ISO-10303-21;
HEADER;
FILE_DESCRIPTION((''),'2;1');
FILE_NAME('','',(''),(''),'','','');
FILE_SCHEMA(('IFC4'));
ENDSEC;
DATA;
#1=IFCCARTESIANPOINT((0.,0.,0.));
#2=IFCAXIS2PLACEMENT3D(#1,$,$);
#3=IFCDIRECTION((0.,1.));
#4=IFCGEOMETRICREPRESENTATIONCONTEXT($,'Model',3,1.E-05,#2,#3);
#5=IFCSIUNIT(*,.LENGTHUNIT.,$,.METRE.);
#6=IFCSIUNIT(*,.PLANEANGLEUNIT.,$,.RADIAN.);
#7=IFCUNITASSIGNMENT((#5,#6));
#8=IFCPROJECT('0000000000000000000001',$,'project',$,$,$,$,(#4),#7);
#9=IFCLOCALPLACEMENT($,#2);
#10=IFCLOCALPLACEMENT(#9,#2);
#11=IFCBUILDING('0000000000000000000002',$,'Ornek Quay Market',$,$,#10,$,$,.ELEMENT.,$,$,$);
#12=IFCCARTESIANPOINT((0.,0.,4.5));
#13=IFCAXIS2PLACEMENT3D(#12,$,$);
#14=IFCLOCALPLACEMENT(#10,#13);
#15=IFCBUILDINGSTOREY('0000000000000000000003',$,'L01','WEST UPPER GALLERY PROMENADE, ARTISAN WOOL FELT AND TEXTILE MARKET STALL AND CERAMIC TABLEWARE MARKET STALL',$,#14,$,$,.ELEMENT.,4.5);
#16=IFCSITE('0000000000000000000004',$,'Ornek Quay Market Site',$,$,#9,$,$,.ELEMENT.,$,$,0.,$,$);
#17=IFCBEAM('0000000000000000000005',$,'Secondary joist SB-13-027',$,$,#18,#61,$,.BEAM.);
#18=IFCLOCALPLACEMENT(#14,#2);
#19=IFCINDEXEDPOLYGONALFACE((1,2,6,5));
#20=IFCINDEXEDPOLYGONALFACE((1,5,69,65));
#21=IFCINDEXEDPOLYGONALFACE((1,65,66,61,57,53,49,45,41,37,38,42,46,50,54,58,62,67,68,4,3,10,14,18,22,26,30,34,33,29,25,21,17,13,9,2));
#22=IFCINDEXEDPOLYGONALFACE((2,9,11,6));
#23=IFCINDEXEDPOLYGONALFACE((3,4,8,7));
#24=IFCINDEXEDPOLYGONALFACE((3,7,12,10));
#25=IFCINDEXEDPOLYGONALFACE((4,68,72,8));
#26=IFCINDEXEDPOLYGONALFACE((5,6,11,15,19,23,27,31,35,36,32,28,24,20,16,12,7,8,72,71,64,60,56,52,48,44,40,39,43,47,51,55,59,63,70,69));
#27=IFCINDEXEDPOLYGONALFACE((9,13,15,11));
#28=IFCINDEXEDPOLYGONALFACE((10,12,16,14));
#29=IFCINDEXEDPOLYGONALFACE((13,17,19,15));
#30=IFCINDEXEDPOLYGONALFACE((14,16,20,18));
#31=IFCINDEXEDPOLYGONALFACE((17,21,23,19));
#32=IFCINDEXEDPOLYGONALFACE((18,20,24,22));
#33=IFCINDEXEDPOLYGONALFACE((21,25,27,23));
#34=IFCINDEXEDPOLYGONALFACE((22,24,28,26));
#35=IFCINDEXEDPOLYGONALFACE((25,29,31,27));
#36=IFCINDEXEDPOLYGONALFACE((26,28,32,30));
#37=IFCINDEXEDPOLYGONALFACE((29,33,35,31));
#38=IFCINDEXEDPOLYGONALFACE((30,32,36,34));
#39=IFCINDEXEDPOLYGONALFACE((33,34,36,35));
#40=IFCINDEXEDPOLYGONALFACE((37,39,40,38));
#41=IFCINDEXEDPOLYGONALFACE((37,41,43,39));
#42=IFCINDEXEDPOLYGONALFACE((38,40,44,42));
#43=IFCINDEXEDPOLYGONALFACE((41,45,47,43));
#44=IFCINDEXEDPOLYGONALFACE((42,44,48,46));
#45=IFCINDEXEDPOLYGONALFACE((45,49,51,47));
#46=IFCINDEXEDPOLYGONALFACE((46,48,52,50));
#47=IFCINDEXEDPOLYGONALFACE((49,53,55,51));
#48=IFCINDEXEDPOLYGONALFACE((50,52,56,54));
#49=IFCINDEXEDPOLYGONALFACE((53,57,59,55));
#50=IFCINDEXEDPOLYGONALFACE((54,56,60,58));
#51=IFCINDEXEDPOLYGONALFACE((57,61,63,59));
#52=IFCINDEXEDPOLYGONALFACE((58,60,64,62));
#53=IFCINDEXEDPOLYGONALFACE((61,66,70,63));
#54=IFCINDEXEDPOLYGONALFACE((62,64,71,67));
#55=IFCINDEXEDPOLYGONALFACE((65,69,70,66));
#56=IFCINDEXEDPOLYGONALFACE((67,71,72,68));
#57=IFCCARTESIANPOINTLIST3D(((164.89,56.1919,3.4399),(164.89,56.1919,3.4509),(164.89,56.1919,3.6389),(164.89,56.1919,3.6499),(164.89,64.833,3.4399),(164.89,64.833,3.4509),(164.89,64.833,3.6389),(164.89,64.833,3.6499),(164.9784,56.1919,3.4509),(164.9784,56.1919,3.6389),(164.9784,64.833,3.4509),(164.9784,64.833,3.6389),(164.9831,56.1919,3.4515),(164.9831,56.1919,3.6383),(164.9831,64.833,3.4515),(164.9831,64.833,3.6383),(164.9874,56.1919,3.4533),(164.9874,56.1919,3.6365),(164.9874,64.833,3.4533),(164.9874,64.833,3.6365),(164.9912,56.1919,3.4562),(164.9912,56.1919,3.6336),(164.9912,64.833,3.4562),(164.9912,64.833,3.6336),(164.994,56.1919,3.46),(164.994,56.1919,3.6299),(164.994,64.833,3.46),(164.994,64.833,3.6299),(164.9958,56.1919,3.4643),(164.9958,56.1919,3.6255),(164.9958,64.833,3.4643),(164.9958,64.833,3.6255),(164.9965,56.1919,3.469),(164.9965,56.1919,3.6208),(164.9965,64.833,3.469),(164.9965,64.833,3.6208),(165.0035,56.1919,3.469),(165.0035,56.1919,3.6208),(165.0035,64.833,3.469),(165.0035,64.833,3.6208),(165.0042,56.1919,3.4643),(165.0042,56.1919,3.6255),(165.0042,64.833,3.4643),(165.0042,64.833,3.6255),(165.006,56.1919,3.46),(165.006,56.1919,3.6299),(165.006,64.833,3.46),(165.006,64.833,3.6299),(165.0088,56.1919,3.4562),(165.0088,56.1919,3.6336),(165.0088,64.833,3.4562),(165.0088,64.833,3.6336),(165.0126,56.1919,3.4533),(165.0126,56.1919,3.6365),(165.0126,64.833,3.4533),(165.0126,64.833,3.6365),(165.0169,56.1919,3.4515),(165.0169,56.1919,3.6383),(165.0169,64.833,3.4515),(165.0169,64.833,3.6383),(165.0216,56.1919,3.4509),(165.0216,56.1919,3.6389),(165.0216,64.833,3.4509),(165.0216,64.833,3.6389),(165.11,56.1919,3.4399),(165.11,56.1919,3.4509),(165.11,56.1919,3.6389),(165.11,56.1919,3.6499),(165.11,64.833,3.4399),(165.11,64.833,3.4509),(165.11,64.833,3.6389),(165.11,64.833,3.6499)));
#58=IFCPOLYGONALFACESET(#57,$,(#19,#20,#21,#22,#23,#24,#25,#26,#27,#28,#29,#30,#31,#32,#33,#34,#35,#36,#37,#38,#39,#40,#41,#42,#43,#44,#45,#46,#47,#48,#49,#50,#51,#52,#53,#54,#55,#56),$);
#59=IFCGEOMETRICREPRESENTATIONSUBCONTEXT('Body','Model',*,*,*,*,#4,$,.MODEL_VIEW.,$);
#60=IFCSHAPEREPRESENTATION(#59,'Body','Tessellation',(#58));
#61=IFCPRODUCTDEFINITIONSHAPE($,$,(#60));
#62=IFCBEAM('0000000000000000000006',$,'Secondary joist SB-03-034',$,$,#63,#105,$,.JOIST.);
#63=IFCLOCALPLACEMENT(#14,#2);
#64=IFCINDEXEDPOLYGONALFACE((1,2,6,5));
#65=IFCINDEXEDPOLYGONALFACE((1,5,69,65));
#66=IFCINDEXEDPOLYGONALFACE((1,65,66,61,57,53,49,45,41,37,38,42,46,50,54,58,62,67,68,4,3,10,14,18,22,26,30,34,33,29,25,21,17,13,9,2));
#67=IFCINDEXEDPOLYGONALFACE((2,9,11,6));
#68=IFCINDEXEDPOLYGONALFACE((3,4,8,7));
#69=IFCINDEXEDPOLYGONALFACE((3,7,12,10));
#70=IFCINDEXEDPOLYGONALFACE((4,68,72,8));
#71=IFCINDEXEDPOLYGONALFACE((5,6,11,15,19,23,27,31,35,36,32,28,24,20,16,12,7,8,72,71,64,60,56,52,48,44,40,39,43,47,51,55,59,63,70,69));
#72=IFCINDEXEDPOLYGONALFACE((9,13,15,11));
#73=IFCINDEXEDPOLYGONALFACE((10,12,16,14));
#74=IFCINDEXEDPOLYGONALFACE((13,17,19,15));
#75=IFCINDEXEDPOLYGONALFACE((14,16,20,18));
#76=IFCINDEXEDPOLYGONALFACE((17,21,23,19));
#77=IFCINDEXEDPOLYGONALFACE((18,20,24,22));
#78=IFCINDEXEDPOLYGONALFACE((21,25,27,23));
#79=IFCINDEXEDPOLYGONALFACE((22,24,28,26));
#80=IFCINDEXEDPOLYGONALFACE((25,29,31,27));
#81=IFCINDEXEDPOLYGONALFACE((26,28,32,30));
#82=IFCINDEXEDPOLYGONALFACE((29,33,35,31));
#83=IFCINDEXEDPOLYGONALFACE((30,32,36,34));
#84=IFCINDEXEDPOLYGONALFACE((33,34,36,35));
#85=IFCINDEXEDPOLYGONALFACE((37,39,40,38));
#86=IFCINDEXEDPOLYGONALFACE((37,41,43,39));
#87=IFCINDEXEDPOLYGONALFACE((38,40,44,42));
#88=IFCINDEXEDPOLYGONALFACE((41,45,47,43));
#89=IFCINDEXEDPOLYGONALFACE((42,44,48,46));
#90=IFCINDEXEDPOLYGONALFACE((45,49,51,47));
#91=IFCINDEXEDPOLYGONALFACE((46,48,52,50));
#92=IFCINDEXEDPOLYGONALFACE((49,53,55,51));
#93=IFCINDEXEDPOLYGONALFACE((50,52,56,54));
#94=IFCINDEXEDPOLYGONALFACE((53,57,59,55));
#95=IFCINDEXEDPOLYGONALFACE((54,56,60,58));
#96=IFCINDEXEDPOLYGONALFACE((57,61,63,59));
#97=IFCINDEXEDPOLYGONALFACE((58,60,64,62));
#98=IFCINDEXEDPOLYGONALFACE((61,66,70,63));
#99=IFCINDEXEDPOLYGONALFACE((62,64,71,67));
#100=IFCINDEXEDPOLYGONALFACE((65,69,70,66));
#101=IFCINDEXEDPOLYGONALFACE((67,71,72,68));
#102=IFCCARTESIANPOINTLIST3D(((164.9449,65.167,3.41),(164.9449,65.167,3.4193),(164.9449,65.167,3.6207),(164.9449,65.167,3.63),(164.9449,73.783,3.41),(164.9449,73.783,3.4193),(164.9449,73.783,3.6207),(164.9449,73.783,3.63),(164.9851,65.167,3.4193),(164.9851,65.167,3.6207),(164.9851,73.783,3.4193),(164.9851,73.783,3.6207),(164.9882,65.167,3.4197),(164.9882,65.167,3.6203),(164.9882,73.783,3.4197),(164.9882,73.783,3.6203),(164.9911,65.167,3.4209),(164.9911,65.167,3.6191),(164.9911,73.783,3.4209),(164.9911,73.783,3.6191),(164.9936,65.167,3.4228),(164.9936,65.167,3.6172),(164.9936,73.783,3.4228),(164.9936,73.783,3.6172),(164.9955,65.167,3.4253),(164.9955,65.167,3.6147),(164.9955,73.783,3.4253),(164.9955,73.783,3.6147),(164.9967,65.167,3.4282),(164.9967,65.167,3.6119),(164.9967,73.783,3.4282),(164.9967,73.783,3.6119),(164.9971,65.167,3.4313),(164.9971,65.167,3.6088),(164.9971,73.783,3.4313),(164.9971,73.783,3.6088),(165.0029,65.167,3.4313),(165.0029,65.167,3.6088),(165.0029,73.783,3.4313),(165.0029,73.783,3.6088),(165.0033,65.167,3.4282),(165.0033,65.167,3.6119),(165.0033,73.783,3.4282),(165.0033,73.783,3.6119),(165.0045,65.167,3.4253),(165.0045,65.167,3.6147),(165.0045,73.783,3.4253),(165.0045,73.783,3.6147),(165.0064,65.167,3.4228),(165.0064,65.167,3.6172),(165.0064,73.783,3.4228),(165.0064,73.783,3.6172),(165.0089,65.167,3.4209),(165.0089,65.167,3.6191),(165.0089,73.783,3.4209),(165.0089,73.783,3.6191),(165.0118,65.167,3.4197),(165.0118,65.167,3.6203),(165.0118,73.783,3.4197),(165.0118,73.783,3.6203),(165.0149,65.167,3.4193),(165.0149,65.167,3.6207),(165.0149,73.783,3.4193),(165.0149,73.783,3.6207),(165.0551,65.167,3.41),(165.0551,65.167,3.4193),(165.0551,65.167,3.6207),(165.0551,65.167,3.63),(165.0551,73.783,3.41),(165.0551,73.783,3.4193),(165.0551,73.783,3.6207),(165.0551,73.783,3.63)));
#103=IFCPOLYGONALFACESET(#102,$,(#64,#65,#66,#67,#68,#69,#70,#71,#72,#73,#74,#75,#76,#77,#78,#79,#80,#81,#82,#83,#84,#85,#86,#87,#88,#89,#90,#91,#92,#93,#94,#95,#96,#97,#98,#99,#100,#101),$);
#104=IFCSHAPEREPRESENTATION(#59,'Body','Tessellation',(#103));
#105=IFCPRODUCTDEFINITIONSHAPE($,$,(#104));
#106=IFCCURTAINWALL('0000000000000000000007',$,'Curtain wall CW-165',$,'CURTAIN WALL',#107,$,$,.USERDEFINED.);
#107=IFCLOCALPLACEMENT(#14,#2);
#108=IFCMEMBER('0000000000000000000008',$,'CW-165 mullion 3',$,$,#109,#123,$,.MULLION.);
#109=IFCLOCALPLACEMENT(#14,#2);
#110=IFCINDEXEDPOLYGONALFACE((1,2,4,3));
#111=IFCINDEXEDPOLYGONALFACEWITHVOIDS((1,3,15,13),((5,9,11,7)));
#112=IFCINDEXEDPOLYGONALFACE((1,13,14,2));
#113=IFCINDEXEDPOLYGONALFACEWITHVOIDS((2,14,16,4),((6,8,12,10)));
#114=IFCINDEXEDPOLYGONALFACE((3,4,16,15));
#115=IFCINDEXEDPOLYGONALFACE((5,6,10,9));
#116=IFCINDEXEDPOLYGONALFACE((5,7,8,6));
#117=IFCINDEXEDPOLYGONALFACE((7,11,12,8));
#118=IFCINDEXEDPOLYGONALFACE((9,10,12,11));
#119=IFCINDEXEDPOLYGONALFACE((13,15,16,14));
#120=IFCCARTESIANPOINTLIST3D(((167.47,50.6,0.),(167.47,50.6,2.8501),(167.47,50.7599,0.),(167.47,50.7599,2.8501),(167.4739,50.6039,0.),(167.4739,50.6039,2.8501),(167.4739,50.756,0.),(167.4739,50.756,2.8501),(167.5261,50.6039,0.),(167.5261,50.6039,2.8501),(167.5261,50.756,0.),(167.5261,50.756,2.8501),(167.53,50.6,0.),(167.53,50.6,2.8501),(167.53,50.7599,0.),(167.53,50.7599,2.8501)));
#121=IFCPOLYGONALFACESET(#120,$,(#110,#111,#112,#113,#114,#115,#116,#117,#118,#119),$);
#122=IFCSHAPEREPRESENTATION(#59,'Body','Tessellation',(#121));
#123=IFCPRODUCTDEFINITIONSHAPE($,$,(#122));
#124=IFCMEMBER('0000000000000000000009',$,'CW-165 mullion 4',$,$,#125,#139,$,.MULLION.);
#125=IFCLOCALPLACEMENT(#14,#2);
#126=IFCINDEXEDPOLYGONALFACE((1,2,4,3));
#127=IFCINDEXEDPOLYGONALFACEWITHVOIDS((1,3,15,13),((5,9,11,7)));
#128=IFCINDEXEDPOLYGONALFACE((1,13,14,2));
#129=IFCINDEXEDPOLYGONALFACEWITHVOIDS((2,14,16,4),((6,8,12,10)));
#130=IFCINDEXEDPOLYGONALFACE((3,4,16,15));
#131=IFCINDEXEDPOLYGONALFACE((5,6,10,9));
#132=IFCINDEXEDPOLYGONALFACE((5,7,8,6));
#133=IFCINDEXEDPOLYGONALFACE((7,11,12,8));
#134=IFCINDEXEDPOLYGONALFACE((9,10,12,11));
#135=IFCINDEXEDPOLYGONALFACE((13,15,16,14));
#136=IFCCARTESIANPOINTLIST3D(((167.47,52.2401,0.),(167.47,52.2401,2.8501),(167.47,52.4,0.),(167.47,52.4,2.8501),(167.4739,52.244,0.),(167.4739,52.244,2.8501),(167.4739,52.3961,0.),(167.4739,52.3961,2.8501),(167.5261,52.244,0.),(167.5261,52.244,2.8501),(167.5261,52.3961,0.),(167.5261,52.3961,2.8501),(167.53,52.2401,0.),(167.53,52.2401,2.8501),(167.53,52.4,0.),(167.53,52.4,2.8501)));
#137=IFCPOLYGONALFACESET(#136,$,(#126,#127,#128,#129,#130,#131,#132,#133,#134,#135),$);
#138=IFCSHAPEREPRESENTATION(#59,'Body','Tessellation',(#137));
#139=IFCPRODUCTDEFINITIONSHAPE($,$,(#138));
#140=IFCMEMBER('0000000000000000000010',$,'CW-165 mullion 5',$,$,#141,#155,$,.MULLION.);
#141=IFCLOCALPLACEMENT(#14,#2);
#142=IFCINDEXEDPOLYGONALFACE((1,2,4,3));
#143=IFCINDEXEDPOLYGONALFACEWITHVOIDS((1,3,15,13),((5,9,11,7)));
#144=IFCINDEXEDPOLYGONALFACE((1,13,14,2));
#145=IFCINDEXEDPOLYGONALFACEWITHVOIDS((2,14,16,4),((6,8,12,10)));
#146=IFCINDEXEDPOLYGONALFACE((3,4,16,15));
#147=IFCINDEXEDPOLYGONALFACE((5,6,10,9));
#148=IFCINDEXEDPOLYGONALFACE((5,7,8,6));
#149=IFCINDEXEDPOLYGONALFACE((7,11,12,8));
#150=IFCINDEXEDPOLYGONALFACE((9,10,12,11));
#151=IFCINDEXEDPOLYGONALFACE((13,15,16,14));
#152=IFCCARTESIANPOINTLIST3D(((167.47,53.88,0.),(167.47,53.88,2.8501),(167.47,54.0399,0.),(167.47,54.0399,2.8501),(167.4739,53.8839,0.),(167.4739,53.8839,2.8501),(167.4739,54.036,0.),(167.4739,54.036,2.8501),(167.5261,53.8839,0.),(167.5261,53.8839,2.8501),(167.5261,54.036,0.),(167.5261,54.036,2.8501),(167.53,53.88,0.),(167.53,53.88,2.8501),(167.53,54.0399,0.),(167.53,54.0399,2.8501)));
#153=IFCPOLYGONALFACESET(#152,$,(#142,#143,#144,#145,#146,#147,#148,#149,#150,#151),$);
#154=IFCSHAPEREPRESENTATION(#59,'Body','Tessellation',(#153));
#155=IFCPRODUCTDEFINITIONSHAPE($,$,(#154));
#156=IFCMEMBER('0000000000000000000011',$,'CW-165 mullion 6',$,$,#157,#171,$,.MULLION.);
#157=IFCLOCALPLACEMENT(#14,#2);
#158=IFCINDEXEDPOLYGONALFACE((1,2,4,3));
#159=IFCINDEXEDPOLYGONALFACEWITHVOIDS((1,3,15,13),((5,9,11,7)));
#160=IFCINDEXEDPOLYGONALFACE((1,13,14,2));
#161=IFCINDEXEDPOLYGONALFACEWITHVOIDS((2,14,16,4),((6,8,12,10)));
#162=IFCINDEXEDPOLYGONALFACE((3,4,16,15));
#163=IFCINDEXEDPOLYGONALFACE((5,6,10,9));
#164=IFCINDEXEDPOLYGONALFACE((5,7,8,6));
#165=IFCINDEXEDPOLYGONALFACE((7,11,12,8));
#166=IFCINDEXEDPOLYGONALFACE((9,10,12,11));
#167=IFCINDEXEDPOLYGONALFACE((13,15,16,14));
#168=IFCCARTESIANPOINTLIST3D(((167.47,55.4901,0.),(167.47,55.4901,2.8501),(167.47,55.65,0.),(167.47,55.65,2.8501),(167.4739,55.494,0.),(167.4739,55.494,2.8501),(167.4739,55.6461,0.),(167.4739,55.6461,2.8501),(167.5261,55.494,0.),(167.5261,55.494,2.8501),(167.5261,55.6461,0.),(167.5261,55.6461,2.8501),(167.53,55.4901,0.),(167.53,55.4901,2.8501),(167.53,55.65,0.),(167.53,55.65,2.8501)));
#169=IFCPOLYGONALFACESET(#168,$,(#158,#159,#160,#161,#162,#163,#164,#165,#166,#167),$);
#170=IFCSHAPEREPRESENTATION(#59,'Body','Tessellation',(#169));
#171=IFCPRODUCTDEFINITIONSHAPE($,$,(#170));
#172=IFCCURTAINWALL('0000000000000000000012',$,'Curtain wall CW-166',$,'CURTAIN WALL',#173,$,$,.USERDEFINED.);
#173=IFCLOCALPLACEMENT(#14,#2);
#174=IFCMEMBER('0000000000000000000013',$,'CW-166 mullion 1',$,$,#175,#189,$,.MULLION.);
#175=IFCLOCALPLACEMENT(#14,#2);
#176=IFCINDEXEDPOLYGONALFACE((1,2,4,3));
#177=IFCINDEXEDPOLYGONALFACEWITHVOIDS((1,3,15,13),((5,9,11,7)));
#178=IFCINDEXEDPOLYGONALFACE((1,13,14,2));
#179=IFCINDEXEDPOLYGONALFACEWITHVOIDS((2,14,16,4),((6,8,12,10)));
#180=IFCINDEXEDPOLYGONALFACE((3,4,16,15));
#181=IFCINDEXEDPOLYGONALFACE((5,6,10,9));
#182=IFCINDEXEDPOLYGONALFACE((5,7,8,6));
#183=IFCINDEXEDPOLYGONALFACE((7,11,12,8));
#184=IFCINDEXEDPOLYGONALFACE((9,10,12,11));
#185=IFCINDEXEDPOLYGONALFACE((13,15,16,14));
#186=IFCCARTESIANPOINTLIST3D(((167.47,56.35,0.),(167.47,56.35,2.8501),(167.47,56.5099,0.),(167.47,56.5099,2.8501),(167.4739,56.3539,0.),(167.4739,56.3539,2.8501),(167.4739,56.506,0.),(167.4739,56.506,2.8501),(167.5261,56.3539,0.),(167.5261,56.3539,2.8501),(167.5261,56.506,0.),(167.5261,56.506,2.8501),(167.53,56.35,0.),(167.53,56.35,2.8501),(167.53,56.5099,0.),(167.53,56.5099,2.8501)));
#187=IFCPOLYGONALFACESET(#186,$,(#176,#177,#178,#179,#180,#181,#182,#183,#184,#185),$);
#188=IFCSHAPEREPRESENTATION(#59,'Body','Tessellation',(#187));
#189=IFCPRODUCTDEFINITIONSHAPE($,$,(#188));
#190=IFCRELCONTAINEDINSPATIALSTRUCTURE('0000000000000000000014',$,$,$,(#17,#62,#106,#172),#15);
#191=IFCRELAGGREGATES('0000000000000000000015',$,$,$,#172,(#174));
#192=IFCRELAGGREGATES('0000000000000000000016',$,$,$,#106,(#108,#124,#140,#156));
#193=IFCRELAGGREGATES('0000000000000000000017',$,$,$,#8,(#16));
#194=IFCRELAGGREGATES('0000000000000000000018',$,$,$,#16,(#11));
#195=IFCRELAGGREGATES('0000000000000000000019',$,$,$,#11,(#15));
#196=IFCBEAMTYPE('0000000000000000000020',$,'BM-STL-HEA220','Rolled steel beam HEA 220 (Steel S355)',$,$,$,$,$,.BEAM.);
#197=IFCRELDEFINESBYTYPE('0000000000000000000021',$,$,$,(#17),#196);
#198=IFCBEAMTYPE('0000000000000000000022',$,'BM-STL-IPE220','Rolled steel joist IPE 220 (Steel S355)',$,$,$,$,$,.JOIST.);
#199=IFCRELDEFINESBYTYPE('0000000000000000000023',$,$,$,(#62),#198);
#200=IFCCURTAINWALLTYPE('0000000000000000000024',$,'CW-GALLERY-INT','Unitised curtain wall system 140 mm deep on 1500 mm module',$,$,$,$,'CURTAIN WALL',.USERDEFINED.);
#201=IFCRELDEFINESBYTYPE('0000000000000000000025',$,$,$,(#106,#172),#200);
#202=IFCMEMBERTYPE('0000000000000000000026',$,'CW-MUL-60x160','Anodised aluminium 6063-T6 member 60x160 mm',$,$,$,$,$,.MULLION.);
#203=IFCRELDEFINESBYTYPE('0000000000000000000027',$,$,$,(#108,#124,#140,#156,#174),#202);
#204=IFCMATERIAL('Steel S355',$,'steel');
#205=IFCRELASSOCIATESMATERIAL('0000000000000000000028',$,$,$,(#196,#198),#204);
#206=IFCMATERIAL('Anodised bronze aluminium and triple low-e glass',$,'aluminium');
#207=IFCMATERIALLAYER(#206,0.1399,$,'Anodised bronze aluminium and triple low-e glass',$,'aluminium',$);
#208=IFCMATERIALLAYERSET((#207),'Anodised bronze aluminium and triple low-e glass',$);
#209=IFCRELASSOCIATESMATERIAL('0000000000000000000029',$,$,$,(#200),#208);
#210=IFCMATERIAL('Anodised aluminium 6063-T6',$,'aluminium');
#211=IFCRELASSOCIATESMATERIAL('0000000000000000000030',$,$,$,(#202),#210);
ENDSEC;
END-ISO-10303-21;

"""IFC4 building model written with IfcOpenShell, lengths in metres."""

from ifc_helpers import new_model, si_unit, direction, frame, origin, origin_2d, place, context, subcontext, project, spatial, hollow_rectangle, i_section, extrude, material, layer, layer_set, material_profile, profile_set, type_object, element, aggregate, save


model = new_model("IFC4")

# Units and contexts
model_context = context("Model", 3, precision=1e-05, world=origin(), true_north=direction((0.0, 1.0)))
body_context = subcontext(model_context, "Body", "Model", "MODEL_VIEW")
ifc_project = project(units=[si_unit("LENGTHUNIT", "METRE"), si_unit("PLANEANGLEUNIT", "RADIAN")], contexts=[model_context])

# Site, building, storey
site_placement = place(None, origin())
site = spatial("IfcSite", under=ifc_project, at=site_placement, Name="Ornek Quay Market Site", CompositionType="ELEMENT", RefElevation=0.0)
building_placement = place(site_placement, origin())
building = spatial("IfcBuilding", under=site, at=building_placement, Name="Ornek Quay Market", CompositionType="ELEMENT")
storey_placement = place(building_placement, frame((0.0, 0.0, 4.5)))
storey = spatial("IfcBuildingStorey", under=building, at=storey_placement, Name="L01", Description="WEST UPPER GALLERY PROMENADE, ARTISAN WOOL FELT AND TEXTILE MARKET STALL AND CERAMIC TABLEWARE MARKET STALL", CompositionType="ELEMENT", Elevation=4.5)

# Beams
ifc_material_1 = material(Name="Steel S355", Category="steel")
ifc_material_profile_1 = material_profile(ifc_material_1, i_section(OverallWidth=0.22, OverallDepth=0.21, WebThickness=0.0071, FlangeThickness=0.011, FilletRadius=0.0181, at=origin_2d()), Name="HEA 220", Category="steel")
ifc_profile_set_1 = profile_set([ifc_material_profile_1], Name="Steel S355")
beam_type_1 = type_object("IfcBeamType", Name="BM-STL-HEA220", Description="Rolled steel beam HEA 220 (Steel S355)", PredefinedType="BEAM", material=ifc_profile_set_1)
beam_1_placement = place(storey_placement, frame((165.0, 56.1919, 3.5449), z_axis=(0.0, 1.0, 0.0), x_axis=(-1.0, 0.0, 0.0)))
element("IfcBeam", 1, at=beam_1_placement, inside=storey, type_object=beam_type_1, Name="Secondary joist SB-13-027", PredefinedType="BEAM", context=body_context, shape_type="SweptSolid", body=[
    extrude(i_section(OverallWidth=0.22, OverallDepth=0.21, WebThickness=0.0071, FlangeThickness=0.011, FilletRadius=0.0181, at=origin_2d()), origin(), (0.0, 0.0, 1.0), 8.6411),
])
ifc_material_profile_2 = material_profile(ifc_material_1, i_section(OverallWidth=0.1101, OverallDepth=0.22, WebThickness=0.0059, FlangeThickness=0.0093, FilletRadius=0.012, at=origin_2d()), Name="IPE 220", Category="steel")
ifc_profile_set_2 = profile_set([ifc_material_profile_2], Name="Steel S355")
beam_type_2 = type_object("IfcBeamType", Name="BM-STL-IPE220", Description="Rolled steel joist IPE 220 (Steel S355)", PredefinedType="JOIST", material=ifc_profile_set_2)
beam_2_placement = place(storey_placement, frame((165.0, 65.167, 3.52), z_axis=(0.0, 1.0, 0.0), x_axis=(-1.0, 0.0, 0.0)))
element("IfcBeam", 2, at=beam_2_placement, inside=storey, type_object=beam_type_2, Name="Secondary joist SB-03-034", PredefinedType="JOIST", context=body_context, shape_type="SweptSolid", body=[
    extrude(i_section(OverallWidth=0.1101, OverallDepth=0.22, WebThickness=0.0059, FlangeThickness=0.0093, FilletRadius=0.012, at=origin_2d()), origin(), (0.0, 0.0, 1.0), 8.616),
])

# Curtain wall, members
ifc_material_2 = material(Name="Anodised bronze aluminium and triple low-e glass", Category="aluminium")
ifc_layer_1 = layer(ifc_material_2, 0.1399, Name="Anodised bronze aluminium and triple low-e glass", Category="aluminium")
ifc_layer_set_1 = layer_set([ifc_layer_1], Name="Anodised bronze aluminium and triple low-e glass")
curtain_wall_type = type_object("IfcCurtainWallType", Name="CW-GALLERY-INT", Description="Unitised curtain wall system 140 mm deep on 1500 mm module", ElementType="CURTAIN WALL", PredefinedType="USERDEFINED", material=ifc_layer_set_1)
curtain_wall_1_placement = place(storey_placement, origin())
curtain_wall_1 = element("IfcCurtainWall", 3, at=curtain_wall_1_placement, inside=storey, type_object=curtain_wall_type, Name="Curtain wall CW-165", ObjectType="CURTAIN WALL", PredefinedType="USERDEFINED")
ifc_material_3 = material(Name="Anodised aluminium 6063-T6", Category="aluminium")
ifc_material_profile_3 = material_profile(ifc_material_3, hollow_rectangle(XDim=0.0601, YDim=0.1599, WallThickness=0.0039, at=origin_2d()), Name="CW-MUL-60x160", Category="aluminium")
ifc_profile_set_3 = profile_set([ifc_material_profile_3], Name="Anodised aluminium 6063-T6")
member_type_1 = type_object("IfcMemberType", Name="CW-MUL-60x160", Description="Anodised aluminium 6063-T6 member 60x160 mm", PredefinedType="MULLION", material=ifc_profile_set_3)
member_1_placement = place(storey_placement, frame((167.5, 50.6799, 0.0), z_axis=(0.0, 0.0, 1.0), x_axis=(-1.0, 0.0, 0.0)))
member_1 = element("IfcMember", 4, at=member_1_placement, type_object=member_type_1, Name="CW-165 mullion 3", PredefinedType="MULLION", context=body_context, shape_type="SweptSolid", body=[
    extrude(hollow_rectangle(XDim=0.0601, YDim=0.1599, WallThickness=0.0039, at=origin_2d()), origin(), (0.0, 0.0, 1.0), 2.8501),
])
member_2_placement = place(storey_placement, frame((167.5, 52.3201, 0.0), z_axis=(0.0, 0.0, 1.0), x_axis=(-1.0, 0.0, 0.0)))
member_2 = element("IfcMember", 5, at=member_2_placement, type_object=member_type_1, Name="CW-165 mullion 4", PredefinedType="MULLION", context=body_context, shape_type="SweptSolid", body=[
    extrude(hollow_rectangle(XDim=0.0601, YDim=0.1599, WallThickness=0.0039, at=origin_2d()), origin(), (0.0, 0.0, 1.0), 2.8501),
])
member_3_placement = place(storey_placement, frame((167.5, 53.96, 0.0), z_axis=(0.0, 0.0, 1.0), x_axis=(-1.0, 0.0, 0.0)))
member_3 = element("IfcMember", 6, at=member_3_placement, type_object=member_type_1, Name="CW-165 mullion 5", PredefinedType="MULLION", context=body_context, shape_type="SweptSolid", body=[
    extrude(hollow_rectangle(XDim=0.0601, YDim=0.1599, WallThickness=0.0039, at=origin_2d()), origin(), (0.0, 0.0, 1.0), 2.8501),
])
member_4_placement = place(storey_placement, frame((167.5, 55.5701, 0.0), z_axis=(0.0, 0.0, 1.0), x_axis=(-1.0, 0.0, 0.0)))
member_4 = element("IfcMember", 7, at=member_4_placement, type_object=member_type_1, Name="CW-165 mullion 6", PredefinedType="MULLION", context=body_context, shape_type="SweptSolid", body=[
    extrude(hollow_rectangle(XDim=0.0601, YDim=0.1599, WallThickness=0.0039, at=origin_2d()), origin(), (0.0, 0.0, 1.0), 2.8501),
])

# Curtain wall, member
curtain_wall_2_placement = place(storey_placement, origin())
curtain_wall_2 = element("IfcCurtainWall", 8, at=curtain_wall_2_placement, inside=storey, type_object=curtain_wall_type, Name="Curtain wall CW-166", ObjectType="CURTAIN WALL", PredefinedType="USERDEFINED")
member_5_placement = place(storey_placement, frame((167.5, 56.4299, 0.0), z_axis=(0.0, 0.0, 1.0), x_axis=(-1.0, 0.0, 0.0)))
member_5 = element("IfcMember", 9, at=member_5_placement, type_object=member_type_1, Name="CW-166 mullion 1", PredefinedType="MULLION", context=body_context, shape_type="SweptSolid", body=[
    extrude(hollow_rectangle(XDim=0.0601, YDim=0.1599, WallThickness=0.0039, at=origin_2d()), origin(), (0.0, 0.0, 1.0), 2.8501),
])
aggregate(curtain_wall_2, [member_5])

aggregate(curtain_wall_1, [member_1, member_2, member_3, member_4])

save(model, "model.ifc")
